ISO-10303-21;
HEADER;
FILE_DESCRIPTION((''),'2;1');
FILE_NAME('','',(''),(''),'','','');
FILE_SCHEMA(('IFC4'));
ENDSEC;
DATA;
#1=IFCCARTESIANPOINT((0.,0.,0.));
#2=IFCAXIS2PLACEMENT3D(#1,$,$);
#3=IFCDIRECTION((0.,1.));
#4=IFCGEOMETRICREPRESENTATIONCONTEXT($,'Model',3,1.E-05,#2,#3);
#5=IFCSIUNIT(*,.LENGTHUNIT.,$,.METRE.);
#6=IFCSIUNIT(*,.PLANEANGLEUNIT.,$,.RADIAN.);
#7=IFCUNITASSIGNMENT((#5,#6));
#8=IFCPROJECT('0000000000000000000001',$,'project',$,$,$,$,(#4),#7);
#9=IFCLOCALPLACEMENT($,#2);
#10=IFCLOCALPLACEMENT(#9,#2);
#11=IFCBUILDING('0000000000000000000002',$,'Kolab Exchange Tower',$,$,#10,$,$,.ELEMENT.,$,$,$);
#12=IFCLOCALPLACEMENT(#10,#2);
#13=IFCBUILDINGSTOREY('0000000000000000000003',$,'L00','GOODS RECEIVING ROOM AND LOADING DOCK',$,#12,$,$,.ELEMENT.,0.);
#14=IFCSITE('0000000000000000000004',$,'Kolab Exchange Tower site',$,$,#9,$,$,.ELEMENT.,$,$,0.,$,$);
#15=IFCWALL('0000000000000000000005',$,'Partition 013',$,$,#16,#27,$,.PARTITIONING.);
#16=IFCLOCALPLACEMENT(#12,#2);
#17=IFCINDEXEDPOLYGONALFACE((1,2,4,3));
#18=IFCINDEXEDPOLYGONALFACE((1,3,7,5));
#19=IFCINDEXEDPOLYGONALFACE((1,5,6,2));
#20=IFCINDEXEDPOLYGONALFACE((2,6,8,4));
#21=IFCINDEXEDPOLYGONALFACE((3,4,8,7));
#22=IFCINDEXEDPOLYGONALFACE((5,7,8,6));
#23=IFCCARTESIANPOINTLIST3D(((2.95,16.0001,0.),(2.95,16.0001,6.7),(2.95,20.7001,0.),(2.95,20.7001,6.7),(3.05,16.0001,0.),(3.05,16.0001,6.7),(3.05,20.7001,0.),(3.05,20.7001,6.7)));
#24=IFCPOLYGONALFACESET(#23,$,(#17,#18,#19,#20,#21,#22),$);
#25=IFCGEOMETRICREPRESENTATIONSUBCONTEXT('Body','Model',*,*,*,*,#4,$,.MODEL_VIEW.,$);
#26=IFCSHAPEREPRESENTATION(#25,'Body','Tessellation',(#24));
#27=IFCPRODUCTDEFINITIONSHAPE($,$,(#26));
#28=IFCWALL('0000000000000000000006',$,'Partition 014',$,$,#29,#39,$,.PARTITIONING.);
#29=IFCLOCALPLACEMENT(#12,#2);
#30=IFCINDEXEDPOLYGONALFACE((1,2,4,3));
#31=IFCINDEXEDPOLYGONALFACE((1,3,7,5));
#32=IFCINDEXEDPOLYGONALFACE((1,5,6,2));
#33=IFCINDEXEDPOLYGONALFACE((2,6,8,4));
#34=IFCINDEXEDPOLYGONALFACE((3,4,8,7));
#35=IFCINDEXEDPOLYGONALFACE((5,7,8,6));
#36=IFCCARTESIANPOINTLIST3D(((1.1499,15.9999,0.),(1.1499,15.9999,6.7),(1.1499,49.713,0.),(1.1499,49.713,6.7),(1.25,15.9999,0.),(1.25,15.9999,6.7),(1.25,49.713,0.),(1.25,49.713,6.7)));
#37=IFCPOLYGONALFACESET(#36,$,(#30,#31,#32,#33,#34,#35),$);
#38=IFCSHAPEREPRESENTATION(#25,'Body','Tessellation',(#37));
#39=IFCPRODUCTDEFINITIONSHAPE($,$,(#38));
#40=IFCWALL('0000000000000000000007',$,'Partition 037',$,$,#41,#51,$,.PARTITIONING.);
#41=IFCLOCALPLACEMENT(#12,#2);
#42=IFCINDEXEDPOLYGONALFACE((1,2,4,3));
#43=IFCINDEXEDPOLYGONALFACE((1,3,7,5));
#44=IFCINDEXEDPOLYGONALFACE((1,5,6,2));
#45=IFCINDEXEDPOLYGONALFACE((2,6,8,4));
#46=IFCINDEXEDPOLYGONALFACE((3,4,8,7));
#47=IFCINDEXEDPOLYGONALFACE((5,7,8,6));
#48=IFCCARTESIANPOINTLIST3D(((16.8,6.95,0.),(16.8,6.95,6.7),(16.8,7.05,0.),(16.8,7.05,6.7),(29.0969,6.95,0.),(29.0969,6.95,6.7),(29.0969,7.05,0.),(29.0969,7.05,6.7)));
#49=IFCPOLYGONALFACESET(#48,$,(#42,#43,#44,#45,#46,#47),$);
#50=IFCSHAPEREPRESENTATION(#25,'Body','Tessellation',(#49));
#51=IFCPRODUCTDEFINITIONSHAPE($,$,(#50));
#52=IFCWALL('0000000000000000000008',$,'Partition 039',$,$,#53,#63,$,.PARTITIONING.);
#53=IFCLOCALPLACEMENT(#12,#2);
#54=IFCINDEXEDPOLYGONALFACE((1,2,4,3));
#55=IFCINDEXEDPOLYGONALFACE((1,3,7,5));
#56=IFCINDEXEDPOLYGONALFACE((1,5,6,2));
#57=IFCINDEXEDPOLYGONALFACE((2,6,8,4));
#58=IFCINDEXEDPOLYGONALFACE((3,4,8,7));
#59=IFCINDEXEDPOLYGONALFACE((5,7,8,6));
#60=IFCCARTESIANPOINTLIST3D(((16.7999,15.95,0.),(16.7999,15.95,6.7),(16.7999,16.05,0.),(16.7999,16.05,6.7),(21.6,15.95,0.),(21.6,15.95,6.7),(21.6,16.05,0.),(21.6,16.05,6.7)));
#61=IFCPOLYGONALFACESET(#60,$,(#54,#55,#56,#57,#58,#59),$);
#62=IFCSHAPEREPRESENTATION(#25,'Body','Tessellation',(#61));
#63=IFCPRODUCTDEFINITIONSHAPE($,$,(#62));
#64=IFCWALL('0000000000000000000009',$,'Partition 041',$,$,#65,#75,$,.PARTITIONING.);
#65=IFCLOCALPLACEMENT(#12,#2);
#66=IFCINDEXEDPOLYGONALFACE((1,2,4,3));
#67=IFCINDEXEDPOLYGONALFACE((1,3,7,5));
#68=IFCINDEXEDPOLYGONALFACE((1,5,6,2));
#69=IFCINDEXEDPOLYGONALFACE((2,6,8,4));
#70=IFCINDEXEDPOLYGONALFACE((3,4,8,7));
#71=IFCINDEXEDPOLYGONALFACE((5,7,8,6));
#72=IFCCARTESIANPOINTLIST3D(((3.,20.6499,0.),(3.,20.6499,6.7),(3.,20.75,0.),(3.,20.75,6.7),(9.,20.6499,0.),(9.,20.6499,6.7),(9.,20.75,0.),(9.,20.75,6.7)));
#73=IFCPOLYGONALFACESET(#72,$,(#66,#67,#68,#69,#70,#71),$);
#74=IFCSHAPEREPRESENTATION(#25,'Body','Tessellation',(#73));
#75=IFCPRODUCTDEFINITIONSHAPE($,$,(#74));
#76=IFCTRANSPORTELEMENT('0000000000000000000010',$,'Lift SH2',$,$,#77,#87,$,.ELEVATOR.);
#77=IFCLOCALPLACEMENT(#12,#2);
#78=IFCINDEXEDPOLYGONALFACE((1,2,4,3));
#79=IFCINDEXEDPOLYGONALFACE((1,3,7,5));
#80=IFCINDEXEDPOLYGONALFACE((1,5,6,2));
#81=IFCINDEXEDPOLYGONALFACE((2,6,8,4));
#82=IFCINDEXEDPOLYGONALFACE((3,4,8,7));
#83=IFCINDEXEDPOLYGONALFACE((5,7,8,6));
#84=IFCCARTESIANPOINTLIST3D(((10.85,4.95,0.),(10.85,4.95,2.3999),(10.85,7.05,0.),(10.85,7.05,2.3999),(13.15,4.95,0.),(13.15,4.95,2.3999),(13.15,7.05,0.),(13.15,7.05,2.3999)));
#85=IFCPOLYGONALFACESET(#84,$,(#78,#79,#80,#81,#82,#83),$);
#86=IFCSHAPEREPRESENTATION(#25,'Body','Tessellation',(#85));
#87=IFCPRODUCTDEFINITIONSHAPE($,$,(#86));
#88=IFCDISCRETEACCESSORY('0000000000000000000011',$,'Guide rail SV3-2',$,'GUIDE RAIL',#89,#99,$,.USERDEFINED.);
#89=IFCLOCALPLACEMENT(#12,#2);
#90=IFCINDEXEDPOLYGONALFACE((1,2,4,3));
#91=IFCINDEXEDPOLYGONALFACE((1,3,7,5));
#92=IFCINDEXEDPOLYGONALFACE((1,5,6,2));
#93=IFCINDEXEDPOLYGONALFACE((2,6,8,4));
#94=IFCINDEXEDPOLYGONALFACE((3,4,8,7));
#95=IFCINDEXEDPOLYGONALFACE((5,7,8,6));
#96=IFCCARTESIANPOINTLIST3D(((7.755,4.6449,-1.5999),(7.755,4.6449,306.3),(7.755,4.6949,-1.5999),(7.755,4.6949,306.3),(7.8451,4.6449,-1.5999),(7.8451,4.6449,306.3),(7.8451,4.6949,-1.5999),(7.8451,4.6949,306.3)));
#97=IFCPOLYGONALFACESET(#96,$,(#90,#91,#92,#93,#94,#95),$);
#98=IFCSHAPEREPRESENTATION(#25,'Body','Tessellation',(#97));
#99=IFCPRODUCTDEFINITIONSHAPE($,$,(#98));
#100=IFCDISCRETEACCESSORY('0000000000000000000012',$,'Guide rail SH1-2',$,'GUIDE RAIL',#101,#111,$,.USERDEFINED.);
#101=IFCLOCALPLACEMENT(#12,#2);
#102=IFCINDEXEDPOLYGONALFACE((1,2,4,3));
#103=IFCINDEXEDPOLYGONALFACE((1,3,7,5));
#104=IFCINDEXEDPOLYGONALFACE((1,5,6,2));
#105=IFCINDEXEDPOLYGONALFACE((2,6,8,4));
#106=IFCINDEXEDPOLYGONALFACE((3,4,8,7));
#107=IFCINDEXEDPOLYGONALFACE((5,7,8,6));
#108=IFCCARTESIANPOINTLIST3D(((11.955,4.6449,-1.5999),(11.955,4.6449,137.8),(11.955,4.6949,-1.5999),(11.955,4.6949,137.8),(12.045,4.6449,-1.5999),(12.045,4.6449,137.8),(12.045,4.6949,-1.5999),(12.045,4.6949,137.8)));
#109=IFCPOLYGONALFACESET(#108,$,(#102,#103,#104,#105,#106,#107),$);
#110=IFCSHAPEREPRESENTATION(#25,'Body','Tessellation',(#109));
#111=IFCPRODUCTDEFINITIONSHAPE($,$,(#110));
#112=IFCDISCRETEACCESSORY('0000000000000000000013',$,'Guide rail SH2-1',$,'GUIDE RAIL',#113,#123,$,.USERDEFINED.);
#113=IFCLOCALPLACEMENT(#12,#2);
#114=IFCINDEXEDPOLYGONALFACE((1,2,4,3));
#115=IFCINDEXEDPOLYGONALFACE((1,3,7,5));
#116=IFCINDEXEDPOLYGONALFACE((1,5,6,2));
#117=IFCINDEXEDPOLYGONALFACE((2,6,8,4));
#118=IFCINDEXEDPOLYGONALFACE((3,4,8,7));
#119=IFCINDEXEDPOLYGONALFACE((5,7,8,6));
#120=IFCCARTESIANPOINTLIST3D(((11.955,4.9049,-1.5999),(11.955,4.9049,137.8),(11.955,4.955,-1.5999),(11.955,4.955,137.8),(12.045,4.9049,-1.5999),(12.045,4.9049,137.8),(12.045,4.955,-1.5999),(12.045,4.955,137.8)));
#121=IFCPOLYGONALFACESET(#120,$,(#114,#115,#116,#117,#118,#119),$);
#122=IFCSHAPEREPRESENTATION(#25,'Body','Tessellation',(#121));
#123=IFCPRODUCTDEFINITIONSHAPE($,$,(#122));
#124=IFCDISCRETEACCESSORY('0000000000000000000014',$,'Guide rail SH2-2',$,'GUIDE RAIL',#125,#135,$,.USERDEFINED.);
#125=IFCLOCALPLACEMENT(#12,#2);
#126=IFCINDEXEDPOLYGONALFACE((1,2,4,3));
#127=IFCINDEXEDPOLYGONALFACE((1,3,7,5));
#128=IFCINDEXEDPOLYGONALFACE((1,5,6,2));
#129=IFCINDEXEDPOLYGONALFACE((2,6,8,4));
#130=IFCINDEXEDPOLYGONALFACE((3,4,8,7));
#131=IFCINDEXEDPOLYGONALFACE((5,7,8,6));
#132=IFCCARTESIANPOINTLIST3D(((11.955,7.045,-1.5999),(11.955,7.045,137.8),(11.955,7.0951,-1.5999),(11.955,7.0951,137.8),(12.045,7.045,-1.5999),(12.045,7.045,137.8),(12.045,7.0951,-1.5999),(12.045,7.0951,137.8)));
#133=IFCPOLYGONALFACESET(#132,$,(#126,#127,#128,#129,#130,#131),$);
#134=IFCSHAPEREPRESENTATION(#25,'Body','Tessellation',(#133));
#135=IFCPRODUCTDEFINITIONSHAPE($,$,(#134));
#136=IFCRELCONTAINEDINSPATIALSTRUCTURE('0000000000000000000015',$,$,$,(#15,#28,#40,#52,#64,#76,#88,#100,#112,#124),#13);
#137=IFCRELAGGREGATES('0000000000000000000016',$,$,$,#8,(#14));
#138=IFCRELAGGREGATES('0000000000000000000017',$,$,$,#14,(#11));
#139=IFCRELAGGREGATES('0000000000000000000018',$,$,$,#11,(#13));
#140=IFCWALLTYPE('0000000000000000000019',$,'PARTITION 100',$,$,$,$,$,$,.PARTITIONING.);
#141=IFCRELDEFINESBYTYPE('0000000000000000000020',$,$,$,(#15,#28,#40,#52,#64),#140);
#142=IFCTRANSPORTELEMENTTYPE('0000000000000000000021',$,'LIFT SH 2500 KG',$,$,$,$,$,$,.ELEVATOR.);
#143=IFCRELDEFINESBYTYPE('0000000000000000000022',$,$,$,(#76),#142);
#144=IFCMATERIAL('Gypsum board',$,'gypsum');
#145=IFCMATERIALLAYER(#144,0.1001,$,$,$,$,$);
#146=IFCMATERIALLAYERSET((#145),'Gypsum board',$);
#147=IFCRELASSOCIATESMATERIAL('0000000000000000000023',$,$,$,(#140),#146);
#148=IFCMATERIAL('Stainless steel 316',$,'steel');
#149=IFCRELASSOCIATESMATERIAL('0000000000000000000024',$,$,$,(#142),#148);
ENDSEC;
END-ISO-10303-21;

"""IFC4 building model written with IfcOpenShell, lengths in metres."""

from ifc_helpers import new_model, si_unit, direction, frame, frame_2d, origin, origin_2d, place, context, subcontext, project, spatial, rectangle, extrude, material, layer, layer_set, type_object, element, save


model = new_model("IFC4")

# Units and contexts
model_context = context("Model", 3, precision=1e-05, world=origin(), true_north=direction((0.0, 1.0)))
body_context = subcontext(model_context, "Body", "Model", "MODEL_VIEW")
ifc_project = project(units=[si_unit("LENGTHUNIT", "METRE"), si_unit("PLANEANGLEUNIT", "RADIAN")], contexts=[model_context])

# Site, building, storey
site_placement = place(None, origin())
site = spatial("IfcSite", under=ifc_project, at=site_placement, Name="Kolab Exchange Tower site", CompositionType="ELEMENT", RefElevation=0.0)
building_placement = place(site_placement, origin())
building = spatial("IfcBuilding", under=site, at=building_placement, Name="Kolab Exchange Tower", CompositionType="ELEMENT")
storey_placement = place(building_placement, origin())
storey = spatial("IfcBuildingStorey", under=building, at=storey_placement, Name="L00", Description="GOODS RECEIVING ROOM AND LOADING DOCK", CompositionType="ELEMENT", Elevation=0.0)

# Walls
ifc_material_1 = material(Name="Gypsum board", Category="gypsum")
ifc_layer_1 = layer(ifc_material_1, 0.1001)
ifc_layer_set_1 = layer_set([ifc_layer_1], Name="Gypsum board")
wall_type_1 = type_object("IfcWallType", Name="PARTITION 100", PredefinedType="PARTITIONING", material=ifc_layer_set_1)
for number, where, z_axis, x_axis, name in (
    (1, (3.0, 16.0, 0.0), (0.0, 0.0, 1.0), (0.0, 1.0, 0.0), "Partition 013"),
):
    element("IfcWall", number, at=place(storey_placement, frame(where, z_axis=z_axis, x_axis=x_axis)), inside=storey, type_object=wall_type_1, Name=name, PredefinedType="PARTITIONING", context=body_context, shape_type="SweptSolid", body=[
        extrude(rectangle(XDim=4.7, YDim=0.1001, at=frame_2d((2.3501, 0.0))), origin(), (0.0, 0.0, 1.0), 6.7),
    ])
wall_1_placement = place(storey_placement, frame((1.2, 16.0, 0.0), z_axis=(0.0, 0.0, 1.0), x_axis=(0.0, 1.0, 0.0)))
element("IfcWall", 2, at=wall_1_placement, inside=storey, type_object=wall_type_1, Name="Partition 014", PredefinedType="PARTITIONING", context=body_context, shape_type="SweptSolid", body=[
    extrude(rectangle(XDim=33.7131, YDim=0.1001, at=frame_2d((16.8564, 0.0))), origin(), (0.0, 0.0, 1.0), 6.7),
])
wall_2_placement = place(storey_placement, frame((16.8, 7.0, 0.0), z_axis=(0.0, 0.0, 1.0), x_axis=(1.0, 0.0, 0.0)))
element("IfcWall", 3, at=wall_2_placement, inside=storey, type_object=wall_type_1, Name="Partition 037", PredefinedType="PARTITIONING", context=body_context, shape_type="SweptSolid", body=[
    extrude(rectangle(XDim=12.2969, YDim=0.1001, at=frame_2d((6.1484, 0.0))), origin(), (0.0, 0.0, 1.0), 6.7),
])
wall_3_placement = place(storey_placement, frame((16.8, 16.0, 0.0), z_axis=(0.0, 0.0, 1.0), x_axis=(1.0, 0.0, 0.0)))
element("IfcWall", 4, at=wall_3_placement, inside=storey, type_object=wall_type_1, Name="Partition 039", PredefinedType="PARTITIONING", context=body_context, shape_type="SweptSolid", body=[
    extrude(rectangle(XDim=4.8, YDim=0.1001, at=frame_2d((2.3999, 0.0))), origin(), (0.0, 0.0, 1.0), 6.7),
])
wall_4_placement = place(storey_placement, frame((3.0, 20.7, 0.0), z_axis=(0.0, 0.0, 1.0), x_axis=(1.0, 0.0, 0.0)))
element("IfcWall", 5, at=wall_4_placement, inside=storey, type_object=wall_type_1, Name="Partition 041", PredefinedType="PARTITIONING", context=body_context, shape_type="SweptSolid", body=[
    extrude(rectangle(XDim=6.0, YDim=0.1001, at=frame_2d((3.0, 0.0))), origin(), (0.0, 0.0, 1.0), 6.7),
])

# Transport element
ifc_material_2 = material(Name="Stainless steel 316", Category="steel")
transport_element_type = type_object("IfcTransportElementType", Name="LIFT SH 2500 KG", PredefinedType="ELEVATOR", material=ifc_material_2)
transport_element_placement = place(storey_placement, frame((12.0, 6.0, 0.0), z_axis=(0.0, 0.0, 1.0), x_axis=(1.0, 0.0, 0.0)))
element("IfcTransportElement", 6, at=transport_element_placement, inside=storey, type_object=transport_element_type, Name="Lift SH2", PredefinedType="ELEVATOR", context=body_context, shape_type="SweptSolid", body=[
    extrude(rectangle(XDim=2.3, YDim=2.1001, at=origin_2d()), origin(), (0.0, 0.0, 1.0), 2.3999),
])

# Discrete accessories
discrete_accessory_placement = place(storey_placement, frame((7.8, 4.6699, -1.5999), z_axis=(0.0, 0.0, 1.0), x_axis=(1.0, 0.0, 0.0)))
element("IfcDiscreteAccessory", 7, at=discrete_accessory_placement, inside=storey, Name="Guide rail SV3-2", ObjectType="GUIDE RAIL", PredefinedType="USERDEFINED", context=body_context, shape_type="SweptSolid", body=[
    extrude(rectangle(XDim=0.0901, YDim=0.05, at=origin_2d()), origin(), (0.0, 0.0, 1.0), 307.8999),
])
for number, where, z_axis, x_axis, name in (
    (8, (12.0, 4.6699, -1.5999), (0.0, 0.0, 1.0), (1.0, 0.0, 0.0), "Guide rail SH1-2"),
    (9, (12.0, 4.9299, -1.5999), (0.0, 0.0, 1.0), (1.0, 0.0, 0.0), "Guide rail SH2-1"),
    (10, (12.0, 7.0701, -1.5999), (0.0, 0.0, 1.0), (1.0, 0.0, 0.0), "Guide rail SH2-2"),
):
    element("IfcDiscreteAccessory", number, at=place(storey_placement, frame(where, z_axis=z_axis, x_axis=x_axis)), inside=storey, Name=name, ObjectType="GUIDE RAIL", PredefinedType="USERDEFINED", context=body_context, shape_type="SweptSolid", body=[
        extrude(rectangle(XDim=0.0901, YDim=0.05, at=origin_2d()), origin(), (0.0, 0.0, 1.0), 139.3999),
    ])

save(model, "model.ifc")
